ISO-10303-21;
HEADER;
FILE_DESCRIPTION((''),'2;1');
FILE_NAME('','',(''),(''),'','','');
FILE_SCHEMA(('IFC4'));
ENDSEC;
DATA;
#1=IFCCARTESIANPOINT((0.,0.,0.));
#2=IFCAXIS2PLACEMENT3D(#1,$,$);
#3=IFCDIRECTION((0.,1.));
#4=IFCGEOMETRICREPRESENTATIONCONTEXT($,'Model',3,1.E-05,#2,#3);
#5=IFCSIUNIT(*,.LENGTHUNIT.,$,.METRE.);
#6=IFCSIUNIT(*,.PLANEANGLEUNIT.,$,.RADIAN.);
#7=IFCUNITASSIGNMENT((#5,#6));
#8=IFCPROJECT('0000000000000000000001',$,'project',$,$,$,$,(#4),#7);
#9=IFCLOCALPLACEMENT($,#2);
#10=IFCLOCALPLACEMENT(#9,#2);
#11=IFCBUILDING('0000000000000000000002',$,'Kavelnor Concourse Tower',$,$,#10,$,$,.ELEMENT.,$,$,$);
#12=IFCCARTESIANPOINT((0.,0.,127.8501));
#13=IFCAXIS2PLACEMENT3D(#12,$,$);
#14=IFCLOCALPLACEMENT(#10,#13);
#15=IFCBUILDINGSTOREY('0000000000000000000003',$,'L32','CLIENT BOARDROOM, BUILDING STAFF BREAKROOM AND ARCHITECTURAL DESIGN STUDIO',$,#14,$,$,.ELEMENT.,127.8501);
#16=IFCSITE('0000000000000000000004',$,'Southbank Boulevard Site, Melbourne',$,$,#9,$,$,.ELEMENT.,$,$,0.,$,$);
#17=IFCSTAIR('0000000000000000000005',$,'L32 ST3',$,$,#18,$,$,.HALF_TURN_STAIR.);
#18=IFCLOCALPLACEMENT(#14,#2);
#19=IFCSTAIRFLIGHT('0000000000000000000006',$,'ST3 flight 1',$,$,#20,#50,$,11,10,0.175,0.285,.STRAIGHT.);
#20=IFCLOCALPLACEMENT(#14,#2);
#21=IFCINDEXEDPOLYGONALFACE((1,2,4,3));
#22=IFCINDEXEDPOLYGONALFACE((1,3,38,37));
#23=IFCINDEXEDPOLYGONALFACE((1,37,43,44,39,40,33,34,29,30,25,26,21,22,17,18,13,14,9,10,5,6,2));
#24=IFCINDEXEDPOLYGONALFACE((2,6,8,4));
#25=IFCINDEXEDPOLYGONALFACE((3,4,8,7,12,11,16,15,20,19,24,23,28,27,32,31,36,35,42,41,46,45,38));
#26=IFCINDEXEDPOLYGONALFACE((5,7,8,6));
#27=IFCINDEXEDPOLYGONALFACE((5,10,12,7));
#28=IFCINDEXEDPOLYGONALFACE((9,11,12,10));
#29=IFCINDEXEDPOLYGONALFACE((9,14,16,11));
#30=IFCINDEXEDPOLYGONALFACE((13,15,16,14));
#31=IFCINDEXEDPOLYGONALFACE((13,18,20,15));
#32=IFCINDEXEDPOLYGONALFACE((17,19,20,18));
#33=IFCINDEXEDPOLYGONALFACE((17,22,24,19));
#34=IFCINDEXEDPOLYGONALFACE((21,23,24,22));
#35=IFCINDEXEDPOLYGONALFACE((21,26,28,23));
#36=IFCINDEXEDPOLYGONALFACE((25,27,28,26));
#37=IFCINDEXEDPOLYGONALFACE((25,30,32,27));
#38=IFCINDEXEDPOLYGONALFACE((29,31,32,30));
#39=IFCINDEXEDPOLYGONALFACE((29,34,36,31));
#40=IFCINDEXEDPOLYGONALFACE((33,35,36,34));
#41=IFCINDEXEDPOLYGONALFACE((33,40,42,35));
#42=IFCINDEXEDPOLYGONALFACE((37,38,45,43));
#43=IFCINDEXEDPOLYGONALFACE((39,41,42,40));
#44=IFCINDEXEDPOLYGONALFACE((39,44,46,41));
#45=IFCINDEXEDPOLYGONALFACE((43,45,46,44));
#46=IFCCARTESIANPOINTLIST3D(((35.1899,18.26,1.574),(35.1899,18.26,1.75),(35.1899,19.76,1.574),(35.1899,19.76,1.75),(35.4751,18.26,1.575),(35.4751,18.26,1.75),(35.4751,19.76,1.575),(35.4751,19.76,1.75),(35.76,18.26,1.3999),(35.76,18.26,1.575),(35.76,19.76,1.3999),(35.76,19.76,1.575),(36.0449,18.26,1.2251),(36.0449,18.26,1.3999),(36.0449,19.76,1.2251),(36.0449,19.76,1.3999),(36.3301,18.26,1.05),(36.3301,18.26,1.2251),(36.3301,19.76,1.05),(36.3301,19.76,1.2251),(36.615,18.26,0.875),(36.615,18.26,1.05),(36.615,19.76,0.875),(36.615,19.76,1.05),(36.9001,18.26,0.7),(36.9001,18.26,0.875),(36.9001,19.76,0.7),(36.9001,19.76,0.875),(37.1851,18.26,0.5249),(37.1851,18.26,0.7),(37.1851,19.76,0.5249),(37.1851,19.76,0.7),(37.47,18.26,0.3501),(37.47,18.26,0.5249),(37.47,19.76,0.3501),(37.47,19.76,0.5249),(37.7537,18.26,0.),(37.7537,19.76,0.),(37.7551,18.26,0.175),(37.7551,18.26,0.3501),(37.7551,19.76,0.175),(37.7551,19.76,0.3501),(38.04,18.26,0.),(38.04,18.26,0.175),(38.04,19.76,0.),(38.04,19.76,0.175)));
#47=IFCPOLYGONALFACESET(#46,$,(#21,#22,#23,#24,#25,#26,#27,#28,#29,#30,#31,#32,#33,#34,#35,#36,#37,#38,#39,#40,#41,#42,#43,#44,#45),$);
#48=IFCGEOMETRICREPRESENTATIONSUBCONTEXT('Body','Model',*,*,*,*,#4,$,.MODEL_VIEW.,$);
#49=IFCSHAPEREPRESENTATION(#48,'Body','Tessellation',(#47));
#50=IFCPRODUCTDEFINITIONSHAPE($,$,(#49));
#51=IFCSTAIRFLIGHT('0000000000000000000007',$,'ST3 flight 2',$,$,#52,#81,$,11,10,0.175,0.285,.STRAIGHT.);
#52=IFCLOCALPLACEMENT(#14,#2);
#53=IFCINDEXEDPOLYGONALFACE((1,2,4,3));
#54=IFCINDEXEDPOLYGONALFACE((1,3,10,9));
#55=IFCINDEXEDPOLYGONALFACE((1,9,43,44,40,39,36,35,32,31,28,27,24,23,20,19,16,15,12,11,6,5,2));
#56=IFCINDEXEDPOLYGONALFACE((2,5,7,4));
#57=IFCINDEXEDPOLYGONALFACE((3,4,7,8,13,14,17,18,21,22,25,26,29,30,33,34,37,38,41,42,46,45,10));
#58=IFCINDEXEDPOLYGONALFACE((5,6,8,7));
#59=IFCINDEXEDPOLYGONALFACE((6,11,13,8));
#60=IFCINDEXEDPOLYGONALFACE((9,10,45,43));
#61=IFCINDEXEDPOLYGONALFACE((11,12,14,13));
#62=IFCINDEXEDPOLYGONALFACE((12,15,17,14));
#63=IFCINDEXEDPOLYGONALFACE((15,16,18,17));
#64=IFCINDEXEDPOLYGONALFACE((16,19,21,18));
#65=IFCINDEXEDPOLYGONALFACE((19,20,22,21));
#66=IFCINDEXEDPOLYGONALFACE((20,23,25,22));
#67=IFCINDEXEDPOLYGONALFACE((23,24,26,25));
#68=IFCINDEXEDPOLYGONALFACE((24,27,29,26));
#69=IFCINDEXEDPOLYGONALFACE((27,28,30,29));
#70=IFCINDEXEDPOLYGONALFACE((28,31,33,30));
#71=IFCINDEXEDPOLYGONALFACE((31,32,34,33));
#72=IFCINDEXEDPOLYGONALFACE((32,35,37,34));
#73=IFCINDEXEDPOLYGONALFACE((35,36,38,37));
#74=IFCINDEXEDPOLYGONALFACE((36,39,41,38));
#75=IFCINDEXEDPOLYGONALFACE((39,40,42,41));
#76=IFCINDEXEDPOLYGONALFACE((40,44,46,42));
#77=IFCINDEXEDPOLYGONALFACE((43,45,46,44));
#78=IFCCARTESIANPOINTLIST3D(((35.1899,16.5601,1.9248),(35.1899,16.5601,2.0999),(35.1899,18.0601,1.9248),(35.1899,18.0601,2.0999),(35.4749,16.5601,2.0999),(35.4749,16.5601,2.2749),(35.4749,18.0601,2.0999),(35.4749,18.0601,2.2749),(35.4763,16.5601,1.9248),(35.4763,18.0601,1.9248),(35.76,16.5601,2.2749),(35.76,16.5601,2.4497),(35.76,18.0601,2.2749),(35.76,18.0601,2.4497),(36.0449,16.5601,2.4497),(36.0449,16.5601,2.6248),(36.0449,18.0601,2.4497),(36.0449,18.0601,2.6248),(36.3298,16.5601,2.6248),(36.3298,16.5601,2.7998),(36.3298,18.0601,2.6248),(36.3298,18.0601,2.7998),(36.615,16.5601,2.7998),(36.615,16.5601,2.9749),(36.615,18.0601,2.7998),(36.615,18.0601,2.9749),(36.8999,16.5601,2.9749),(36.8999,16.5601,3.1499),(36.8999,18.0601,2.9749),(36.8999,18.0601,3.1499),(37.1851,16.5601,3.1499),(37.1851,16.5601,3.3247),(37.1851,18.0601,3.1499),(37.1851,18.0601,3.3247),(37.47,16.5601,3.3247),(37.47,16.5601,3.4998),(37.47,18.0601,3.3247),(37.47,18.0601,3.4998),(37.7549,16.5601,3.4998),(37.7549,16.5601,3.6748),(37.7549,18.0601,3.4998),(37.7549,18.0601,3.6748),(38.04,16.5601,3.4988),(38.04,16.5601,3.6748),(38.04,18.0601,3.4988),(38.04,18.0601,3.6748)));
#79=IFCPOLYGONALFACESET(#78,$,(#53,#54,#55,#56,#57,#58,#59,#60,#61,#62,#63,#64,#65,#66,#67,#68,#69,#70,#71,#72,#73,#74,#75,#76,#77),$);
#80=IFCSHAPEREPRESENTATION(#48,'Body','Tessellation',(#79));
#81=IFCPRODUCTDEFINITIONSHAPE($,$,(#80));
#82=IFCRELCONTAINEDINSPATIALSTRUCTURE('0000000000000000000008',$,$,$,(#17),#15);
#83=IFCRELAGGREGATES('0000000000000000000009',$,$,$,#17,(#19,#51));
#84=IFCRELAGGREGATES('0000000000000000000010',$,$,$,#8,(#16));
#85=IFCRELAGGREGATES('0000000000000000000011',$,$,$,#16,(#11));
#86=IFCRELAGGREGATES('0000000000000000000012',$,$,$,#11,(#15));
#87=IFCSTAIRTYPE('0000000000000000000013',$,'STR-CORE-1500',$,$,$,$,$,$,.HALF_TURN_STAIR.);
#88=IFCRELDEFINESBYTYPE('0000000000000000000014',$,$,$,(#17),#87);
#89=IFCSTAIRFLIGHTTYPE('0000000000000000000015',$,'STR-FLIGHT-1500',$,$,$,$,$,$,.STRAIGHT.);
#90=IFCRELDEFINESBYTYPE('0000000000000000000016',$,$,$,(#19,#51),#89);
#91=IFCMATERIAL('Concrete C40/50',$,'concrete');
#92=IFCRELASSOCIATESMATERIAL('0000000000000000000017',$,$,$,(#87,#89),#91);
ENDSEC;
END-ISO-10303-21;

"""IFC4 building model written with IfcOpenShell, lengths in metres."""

from ifc_helpers import new_model, si_unit, direction, frame, origin, place, context, subcontext, project, spatial, polyline, outline, extrude, material, type_object, element, aggregate, save


model = new_model("IFC4")

# Units and contexts
model_context = context("Model", 3, precision=1e-05, world=origin(), true_north=direction((0.0, 1.0)))
body_context = subcontext(model_context, "Body", "Model", "MODEL_VIEW")
ifc_project = project(units=[si_unit("LENGTHUNIT", "METRE"), si_unit("PLANEANGLEUNIT", "RADIAN")], contexts=[model_context])

# Site, building, storey
site_placement = place(None, origin())
site = spatial("IfcSite", under=ifc_project, at=site_placement, Name="Southbank Boulevard Site, Melbourne", CompositionType="ELEMENT", RefElevation=0.0)
building_placement = place(site_placement, origin())
building = spatial("IfcBuilding", under=site, at=building_placement, Name="Kavelnor Concourse Tower", CompositionType="ELEMENT")
storey_placement = place(building_placement, frame((0.0, 0.0, 127.8501)))
storey = spatial("IfcBuildingStorey", under=building, at=storey_placement, Name="L32", Description="CLIENT BOARDROOM, BUILDING STAFF BREAKROOM AND ARCHITECTURAL DESIGN STUDIO", CompositionType="ELEMENT", Elevation=127.8501)

# Stair, stair flights
ifc_material_1 = material(Name="Concrete C40/50", Category="concrete")
stair_type = type_object("IfcStairType", Name="STR-CORE-1500", PredefinedType="HALF_TURN_STAIR", material=ifc_material_1)
stair_placement = place(storey_placement, origin())
stair = element("IfcStair", 1, at=stair_placement, inside=storey, type_object=stair_type, Name="L32 ST3", PredefinedType="HALF_TURN_STAIR")
stair_flight_type = type_object("IfcStairFlightType", Name="STR-FLIGHT-1500", PredefinedType="STRAIGHT", material=ifc_material_1)
stair_flight_1_placement = place(storey_placement, frame((38.04, 19.01, 0.0), z_axis=(0.0, 0.0, 1.0), x_axis=(-1.0, 0.0, 0.0)))
stair_flight_1 = element("IfcStairFlight", 2, at=stair_flight_1_placement, type_object=stair_flight_type, Name="ST3 flight 1", NumberOfRisers=11, NumberOfTreads=10, PredefinedType="STRAIGHT", RiserHeight=0.175, TreadLength=0.285, context=body_context, shape_type="SweptSolid", body=[
    extrude(outline(polyline([(0.0, 0.0), (0.0, 0.175), (0.2849, 0.175), (0.2849, 0.3501), (0.5701, 0.3501), (0.5701, 0.5249), (0.855, 0.5249), (0.855, 0.7), (1.1399, 0.7), (1.1399, 0.875), (1.425, 0.875), (1.425, 1.05), (1.71, 1.05), (1.71, 1.2251), (1.9951, 1.2251), (1.9951, 1.3999), (2.28, 1.3999), (2.28, 1.575), (2.5649, 1.575), (2.5649, 1.75), (2.8501, 1.75), (2.8501, 1.925), (2.8501, 1.574), (0.2864, 0.0), (0.0, 0.0)])), frame((0.0, 0.75, 0.0), z_axis=(0.0, -1.0, 0.0), x_axis=(1.0, 0.0, 0.0)), (0.0, 0.0, 1.0), 1.5),
])
stair_flight_2_placement = place(storey_placement, frame((35.1899, 17.3101, 1.9248), z_axis=(0.0, 0.0, 1.0), x_axis=(1.0, 0.0, 0.0)))
stair_flight_2 = element("IfcStairFlight", 3, at=stair_flight_2_placement, type_object=stair_flight_type, Name="ST3 flight 2", NumberOfRisers=11, NumberOfTreads=10, PredefinedType="STRAIGHT", RiserHeight=0.175, TreadLength=0.285, context=body_context, shape_type="SweptSolid", body=[
    extrude(outline(polyline([(0.0, 0.0), (0.0, 0.175), (0.2849, 0.175), (0.2849, 0.3501), (0.5701, 0.3501), (0.5701, 0.5249), (0.855, 0.5249), (0.855, 0.7), (1.1399, 0.7), (1.1399, 0.875), (1.425, 0.875), (1.425, 1.05), (1.71, 1.05), (1.71, 1.2251), (1.9951, 1.2251), (1.9951, 1.3999), (2.28, 1.3999), (2.28, 1.575), (2.5649, 1.575), (2.5649, 1.75), (2.8501, 1.75), (2.8501, 1.925), (2.8501, 1.574), (0.2864, 0.0), (0.0, 0.0)])), frame((0.0, 0.75, 0.0), z_axis=(0.0, -1.0, 0.0), x_axis=(1.0, 0.0, 0.0)), (0.0, 0.0, 1.0), 1.5),
])
aggregate(stair, [stair_flight_1, stair_flight_2])

save(model, "model.ifc")
